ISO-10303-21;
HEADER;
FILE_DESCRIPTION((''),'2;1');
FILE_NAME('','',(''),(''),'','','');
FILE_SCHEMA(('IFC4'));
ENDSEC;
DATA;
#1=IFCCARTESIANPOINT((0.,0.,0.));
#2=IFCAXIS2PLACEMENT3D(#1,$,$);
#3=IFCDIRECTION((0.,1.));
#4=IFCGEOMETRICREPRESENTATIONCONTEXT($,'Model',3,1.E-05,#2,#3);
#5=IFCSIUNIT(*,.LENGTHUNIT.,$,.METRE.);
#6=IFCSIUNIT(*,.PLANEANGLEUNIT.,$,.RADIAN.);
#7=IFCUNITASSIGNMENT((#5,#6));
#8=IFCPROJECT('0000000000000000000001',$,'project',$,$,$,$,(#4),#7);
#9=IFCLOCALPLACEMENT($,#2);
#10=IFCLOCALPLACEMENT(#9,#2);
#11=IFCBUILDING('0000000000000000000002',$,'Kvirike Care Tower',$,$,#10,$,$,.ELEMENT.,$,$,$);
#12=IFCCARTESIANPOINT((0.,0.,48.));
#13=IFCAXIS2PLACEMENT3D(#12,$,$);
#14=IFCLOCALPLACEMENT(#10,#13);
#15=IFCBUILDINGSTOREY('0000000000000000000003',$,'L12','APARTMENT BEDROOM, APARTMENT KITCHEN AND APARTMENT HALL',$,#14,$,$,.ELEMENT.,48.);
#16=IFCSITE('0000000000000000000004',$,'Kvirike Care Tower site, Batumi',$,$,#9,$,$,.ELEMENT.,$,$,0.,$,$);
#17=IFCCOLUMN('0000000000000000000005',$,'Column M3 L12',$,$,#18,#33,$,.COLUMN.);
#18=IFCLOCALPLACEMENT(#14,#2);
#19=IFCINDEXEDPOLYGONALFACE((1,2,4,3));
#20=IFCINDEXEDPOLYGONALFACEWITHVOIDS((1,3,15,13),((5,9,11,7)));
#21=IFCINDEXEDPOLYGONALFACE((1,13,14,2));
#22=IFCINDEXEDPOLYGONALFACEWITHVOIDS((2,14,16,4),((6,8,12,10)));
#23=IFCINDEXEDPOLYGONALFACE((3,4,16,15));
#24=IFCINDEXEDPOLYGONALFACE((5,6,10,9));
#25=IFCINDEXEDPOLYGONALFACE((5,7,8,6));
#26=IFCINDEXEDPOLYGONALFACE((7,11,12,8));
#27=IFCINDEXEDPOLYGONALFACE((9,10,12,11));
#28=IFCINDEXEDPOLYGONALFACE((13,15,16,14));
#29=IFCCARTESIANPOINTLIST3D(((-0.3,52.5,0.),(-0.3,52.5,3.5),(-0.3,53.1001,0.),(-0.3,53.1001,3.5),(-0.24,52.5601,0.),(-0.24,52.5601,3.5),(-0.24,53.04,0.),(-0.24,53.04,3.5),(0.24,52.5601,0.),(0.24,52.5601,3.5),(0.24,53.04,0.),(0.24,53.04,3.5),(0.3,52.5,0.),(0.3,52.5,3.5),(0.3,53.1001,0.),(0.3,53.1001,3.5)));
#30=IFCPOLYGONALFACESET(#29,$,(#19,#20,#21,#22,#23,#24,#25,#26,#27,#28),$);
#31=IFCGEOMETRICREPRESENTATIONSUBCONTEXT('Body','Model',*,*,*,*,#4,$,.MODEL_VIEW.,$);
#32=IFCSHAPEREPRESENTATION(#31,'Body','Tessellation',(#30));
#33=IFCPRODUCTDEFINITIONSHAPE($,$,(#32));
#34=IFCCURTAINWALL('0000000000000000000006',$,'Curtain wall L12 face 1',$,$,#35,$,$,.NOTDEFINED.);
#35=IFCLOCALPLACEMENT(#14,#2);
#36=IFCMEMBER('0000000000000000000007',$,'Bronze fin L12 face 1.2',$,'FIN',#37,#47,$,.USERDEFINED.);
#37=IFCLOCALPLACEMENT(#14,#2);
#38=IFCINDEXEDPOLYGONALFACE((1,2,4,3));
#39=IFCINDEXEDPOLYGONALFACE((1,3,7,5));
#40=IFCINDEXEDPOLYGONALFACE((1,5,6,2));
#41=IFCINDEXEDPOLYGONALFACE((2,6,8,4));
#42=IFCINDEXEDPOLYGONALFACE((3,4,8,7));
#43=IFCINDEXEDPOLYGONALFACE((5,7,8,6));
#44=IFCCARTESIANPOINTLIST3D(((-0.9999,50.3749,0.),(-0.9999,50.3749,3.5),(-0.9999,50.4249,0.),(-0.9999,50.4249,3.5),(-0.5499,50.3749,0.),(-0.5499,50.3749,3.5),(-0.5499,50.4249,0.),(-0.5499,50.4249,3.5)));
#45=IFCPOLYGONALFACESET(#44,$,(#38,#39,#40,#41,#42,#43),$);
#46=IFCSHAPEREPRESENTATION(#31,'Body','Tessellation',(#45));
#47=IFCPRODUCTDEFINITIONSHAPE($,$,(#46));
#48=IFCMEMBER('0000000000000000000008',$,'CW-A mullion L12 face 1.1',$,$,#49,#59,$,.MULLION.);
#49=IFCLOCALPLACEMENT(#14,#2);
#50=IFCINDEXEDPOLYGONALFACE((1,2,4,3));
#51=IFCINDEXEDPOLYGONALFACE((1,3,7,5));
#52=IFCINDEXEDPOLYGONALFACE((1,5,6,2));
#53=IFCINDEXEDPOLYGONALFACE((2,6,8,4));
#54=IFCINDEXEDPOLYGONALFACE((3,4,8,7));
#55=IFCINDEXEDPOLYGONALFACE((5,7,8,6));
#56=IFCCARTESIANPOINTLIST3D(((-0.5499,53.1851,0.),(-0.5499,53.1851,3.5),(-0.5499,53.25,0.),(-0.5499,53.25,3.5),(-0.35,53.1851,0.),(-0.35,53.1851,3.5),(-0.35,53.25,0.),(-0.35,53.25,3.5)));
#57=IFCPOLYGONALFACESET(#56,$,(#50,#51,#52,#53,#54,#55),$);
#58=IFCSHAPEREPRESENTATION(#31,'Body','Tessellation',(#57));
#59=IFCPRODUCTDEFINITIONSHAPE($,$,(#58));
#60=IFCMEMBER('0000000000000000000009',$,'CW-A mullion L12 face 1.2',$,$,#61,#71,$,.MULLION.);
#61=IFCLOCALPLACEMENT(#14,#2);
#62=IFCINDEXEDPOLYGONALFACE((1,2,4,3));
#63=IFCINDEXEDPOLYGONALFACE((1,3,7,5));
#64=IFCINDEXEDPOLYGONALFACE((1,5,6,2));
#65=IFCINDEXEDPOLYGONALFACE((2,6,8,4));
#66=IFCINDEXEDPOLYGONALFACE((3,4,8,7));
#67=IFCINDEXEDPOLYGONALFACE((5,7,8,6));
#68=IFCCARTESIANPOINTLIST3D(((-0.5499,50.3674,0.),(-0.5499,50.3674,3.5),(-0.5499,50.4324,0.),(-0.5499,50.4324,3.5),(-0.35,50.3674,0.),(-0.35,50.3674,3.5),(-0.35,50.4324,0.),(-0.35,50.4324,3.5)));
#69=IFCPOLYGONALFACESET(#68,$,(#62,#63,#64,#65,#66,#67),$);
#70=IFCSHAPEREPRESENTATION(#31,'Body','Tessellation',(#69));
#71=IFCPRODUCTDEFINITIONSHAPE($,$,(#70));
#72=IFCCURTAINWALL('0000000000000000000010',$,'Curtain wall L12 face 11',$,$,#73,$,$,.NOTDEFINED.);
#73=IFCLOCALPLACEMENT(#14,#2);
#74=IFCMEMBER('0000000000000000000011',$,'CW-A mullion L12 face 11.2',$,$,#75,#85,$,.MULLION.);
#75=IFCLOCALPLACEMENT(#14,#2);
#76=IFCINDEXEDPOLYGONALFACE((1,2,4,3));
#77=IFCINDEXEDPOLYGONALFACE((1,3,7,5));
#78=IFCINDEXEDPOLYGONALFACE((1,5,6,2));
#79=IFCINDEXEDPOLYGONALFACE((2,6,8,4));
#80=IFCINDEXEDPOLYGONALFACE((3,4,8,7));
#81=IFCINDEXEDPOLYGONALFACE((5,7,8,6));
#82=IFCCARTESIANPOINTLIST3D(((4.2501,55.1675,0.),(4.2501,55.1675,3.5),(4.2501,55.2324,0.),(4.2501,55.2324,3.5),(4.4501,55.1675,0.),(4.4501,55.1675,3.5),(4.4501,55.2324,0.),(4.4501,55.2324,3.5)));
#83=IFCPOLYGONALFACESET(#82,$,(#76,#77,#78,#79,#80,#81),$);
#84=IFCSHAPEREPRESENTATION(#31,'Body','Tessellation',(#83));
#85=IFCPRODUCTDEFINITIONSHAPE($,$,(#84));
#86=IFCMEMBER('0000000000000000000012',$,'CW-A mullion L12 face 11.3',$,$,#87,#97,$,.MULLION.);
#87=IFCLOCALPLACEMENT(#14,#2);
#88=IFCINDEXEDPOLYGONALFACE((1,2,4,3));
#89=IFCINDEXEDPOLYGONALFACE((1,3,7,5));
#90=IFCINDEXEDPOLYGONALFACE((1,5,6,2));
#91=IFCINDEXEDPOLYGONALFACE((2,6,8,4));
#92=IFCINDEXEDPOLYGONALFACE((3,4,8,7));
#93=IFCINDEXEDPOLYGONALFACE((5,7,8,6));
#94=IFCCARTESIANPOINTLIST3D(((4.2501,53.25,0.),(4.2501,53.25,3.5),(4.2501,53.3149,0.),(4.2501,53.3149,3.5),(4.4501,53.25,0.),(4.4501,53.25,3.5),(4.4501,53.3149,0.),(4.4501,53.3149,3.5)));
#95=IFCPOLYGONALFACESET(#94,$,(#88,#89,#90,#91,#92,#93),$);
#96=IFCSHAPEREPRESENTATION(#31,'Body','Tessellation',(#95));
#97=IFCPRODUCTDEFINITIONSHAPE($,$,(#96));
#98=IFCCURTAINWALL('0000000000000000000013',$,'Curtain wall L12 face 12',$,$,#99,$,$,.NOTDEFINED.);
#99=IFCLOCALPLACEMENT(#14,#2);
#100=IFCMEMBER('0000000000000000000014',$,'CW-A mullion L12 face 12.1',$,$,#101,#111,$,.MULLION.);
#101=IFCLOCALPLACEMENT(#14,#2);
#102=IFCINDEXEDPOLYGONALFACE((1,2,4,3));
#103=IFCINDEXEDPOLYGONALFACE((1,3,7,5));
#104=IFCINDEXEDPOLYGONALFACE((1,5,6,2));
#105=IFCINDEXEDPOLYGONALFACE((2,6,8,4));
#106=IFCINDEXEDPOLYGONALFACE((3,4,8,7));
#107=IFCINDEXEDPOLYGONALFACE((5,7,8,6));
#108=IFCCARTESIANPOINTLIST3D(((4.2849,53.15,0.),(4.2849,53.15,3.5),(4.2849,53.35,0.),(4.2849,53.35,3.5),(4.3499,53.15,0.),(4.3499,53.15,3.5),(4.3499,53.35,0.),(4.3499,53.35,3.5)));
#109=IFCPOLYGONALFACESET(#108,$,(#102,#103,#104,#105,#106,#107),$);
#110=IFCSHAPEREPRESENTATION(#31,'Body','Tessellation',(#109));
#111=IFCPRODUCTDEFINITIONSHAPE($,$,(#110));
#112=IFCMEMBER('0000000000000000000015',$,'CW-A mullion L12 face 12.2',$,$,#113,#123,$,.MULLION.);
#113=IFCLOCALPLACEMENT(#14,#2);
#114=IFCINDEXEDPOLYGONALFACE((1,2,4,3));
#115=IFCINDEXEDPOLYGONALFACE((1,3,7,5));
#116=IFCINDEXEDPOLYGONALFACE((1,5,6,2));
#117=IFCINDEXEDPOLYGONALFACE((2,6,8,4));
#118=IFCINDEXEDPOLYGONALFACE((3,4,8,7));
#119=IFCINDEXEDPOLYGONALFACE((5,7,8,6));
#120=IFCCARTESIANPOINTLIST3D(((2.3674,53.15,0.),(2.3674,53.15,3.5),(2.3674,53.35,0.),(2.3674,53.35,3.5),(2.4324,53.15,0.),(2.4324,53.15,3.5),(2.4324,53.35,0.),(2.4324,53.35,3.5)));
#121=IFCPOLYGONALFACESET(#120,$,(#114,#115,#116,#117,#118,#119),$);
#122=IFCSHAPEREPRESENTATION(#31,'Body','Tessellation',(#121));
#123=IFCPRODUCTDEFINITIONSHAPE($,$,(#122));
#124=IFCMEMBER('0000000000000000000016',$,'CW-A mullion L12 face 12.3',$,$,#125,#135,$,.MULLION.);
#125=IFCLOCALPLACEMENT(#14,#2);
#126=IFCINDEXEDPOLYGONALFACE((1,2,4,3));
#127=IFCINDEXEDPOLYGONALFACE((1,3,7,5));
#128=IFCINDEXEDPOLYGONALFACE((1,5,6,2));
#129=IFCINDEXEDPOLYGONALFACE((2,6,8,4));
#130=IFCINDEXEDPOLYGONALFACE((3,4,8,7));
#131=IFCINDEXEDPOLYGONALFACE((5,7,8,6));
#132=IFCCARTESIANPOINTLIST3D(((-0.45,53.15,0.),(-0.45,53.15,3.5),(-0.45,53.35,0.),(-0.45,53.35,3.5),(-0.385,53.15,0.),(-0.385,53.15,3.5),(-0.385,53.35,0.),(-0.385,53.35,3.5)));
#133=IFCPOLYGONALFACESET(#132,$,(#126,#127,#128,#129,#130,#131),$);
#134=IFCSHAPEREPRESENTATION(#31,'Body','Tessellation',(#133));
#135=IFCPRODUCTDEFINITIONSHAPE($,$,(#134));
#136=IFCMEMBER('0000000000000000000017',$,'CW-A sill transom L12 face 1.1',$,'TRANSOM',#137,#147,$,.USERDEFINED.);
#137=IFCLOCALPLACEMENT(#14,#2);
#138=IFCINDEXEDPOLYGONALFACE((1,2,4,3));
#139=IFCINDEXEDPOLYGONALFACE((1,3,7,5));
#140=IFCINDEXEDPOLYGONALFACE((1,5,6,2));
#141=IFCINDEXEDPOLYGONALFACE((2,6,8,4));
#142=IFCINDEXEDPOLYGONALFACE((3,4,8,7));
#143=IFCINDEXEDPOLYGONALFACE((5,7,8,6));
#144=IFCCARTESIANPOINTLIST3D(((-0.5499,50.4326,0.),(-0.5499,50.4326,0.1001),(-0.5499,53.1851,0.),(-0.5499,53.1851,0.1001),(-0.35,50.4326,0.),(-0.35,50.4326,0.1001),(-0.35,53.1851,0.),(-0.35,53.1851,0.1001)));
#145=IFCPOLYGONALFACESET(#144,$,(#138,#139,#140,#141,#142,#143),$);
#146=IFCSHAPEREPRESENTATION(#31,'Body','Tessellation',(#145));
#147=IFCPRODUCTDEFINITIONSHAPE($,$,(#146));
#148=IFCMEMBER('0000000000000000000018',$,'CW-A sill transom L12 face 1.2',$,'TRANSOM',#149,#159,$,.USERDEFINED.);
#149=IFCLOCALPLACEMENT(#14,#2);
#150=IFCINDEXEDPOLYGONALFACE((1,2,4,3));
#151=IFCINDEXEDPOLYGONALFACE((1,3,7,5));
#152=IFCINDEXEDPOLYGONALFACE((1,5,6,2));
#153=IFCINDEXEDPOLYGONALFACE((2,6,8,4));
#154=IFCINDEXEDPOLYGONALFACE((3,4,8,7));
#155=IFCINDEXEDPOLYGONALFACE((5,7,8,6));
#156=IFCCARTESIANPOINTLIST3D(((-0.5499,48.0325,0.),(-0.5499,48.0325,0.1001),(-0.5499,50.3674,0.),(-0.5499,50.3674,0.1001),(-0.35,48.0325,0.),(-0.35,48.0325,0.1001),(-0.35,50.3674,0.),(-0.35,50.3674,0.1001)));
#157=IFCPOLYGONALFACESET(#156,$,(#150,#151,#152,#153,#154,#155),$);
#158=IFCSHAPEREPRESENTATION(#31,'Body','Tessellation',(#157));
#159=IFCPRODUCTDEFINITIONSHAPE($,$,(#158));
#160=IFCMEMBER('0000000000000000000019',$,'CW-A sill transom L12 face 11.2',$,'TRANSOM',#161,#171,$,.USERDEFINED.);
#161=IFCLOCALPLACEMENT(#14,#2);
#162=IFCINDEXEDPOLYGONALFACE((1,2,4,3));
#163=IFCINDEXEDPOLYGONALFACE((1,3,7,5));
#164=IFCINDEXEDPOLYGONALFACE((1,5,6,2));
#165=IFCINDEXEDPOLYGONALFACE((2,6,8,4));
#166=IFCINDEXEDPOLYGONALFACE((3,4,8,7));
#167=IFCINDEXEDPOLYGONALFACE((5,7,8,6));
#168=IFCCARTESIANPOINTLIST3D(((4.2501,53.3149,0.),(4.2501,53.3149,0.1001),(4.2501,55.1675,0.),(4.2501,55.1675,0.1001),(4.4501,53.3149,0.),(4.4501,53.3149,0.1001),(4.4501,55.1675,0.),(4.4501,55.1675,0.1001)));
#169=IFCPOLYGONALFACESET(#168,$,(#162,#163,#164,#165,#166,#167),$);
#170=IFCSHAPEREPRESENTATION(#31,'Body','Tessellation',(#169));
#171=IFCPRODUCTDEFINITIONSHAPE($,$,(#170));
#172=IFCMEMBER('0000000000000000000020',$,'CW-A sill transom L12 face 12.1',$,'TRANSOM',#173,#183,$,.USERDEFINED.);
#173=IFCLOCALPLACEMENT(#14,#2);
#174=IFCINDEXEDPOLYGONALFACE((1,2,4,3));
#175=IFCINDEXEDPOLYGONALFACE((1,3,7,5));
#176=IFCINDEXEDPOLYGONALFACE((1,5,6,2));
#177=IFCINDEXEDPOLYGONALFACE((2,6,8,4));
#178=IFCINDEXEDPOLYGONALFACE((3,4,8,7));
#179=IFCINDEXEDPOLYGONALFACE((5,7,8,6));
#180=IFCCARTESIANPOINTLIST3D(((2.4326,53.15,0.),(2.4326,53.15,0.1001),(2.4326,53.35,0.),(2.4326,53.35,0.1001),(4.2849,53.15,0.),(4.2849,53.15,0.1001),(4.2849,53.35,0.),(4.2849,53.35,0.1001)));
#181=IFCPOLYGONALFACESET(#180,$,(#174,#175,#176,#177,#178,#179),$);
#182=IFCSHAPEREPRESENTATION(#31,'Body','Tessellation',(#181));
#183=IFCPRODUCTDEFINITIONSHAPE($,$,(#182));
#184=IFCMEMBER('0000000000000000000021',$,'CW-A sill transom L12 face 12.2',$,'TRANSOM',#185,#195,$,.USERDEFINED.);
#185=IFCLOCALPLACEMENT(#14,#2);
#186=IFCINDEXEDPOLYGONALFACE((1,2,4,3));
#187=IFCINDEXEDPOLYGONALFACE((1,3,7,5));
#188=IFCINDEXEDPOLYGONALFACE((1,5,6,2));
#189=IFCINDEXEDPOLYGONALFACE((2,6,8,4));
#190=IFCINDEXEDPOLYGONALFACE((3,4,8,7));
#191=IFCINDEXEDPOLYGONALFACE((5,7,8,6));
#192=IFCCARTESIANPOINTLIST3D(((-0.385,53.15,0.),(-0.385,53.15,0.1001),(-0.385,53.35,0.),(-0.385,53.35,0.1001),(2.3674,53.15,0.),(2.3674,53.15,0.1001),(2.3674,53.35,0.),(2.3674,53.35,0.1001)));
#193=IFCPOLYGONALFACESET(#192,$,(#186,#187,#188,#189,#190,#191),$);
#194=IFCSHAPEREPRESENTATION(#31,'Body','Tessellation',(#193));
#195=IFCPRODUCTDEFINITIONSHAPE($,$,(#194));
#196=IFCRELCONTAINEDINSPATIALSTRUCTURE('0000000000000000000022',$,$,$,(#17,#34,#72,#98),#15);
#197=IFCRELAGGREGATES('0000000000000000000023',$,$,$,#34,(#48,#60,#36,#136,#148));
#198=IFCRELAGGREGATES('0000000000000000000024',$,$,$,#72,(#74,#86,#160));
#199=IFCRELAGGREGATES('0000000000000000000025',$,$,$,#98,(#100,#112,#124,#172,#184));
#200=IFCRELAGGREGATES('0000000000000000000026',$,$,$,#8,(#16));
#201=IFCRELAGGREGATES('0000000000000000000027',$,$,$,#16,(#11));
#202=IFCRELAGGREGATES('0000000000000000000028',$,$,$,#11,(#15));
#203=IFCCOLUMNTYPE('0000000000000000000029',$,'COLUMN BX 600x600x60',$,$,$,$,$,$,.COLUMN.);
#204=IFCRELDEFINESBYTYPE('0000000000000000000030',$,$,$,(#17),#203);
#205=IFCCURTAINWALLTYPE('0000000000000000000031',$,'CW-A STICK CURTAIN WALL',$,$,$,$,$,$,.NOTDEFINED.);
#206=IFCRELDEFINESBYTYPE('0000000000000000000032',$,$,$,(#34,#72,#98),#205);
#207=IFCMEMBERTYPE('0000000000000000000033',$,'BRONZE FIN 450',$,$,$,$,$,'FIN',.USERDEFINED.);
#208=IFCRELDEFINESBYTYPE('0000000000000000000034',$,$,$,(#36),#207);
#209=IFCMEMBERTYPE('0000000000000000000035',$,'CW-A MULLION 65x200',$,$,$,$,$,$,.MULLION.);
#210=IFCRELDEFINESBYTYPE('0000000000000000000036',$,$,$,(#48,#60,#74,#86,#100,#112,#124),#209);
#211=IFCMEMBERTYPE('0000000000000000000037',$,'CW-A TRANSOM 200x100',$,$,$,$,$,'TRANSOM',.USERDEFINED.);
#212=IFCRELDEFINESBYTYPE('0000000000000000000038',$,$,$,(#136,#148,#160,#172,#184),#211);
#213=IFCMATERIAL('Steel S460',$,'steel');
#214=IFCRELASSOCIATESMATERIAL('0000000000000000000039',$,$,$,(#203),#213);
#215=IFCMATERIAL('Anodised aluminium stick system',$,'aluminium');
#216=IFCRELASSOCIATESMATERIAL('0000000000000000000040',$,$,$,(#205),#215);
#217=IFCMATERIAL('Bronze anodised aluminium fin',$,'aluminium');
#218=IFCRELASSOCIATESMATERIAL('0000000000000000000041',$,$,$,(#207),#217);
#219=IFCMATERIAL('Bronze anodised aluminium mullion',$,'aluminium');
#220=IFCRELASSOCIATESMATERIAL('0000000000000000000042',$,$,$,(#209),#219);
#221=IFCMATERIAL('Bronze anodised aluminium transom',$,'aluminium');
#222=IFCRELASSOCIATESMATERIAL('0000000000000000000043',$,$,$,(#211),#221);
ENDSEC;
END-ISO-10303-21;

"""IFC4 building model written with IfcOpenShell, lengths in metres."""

from ifc_helpers import new_model, si_unit, direction, frame, origin, origin_2d, place, context, subcontext, project, spatial, rectangle, hollow_rectangle, extrude, material, material_profile, profile_set, type_object, element, aggregate, save


model = new_model("IFC4")

# Units and contexts
model_context = context("Model", 3, precision=1e-05, world=origin(), true_north=direction((0.0, 1.0)))
body_context = subcontext(model_context, "Body", "Model", "MODEL_VIEW")
ifc_project = project(units=[si_unit("LENGTHUNIT", "METRE"), si_unit("PLANEANGLEUNIT", "RADIAN")], contexts=[model_context])

# Site, building, storey
site_placement = place(None, origin())
site = spatial("IfcSite", under=ifc_project, at=site_placement, Name="Kvirike Care Tower site, Batumi", CompositionType="ELEMENT", RefElevation=0.0)
building_placement = place(site_placement, origin())
building = spatial("IfcBuilding", under=site, at=building_placement, Name="Kvirike Care Tower", CompositionType="ELEMENT")
storey_placement = place(building_placement, frame((0.0, 0.0, 48.0)))
storey = spatial("IfcBuildingStorey", under=building, at=storey_placement, Name="L12", Description="APARTMENT BEDROOM, APARTMENT KITCHEN AND APARTMENT HALL", CompositionType="ELEMENT", Elevation=48.0)

# Column
ifc_material_1 = material(Name="Steel S460", Category="steel")
ifc_material_profile_1 = material_profile(ifc_material_1, hollow_rectangle(XDim=0.6001, YDim=0.6001, WallThickness=0.0601, at=origin_2d()), Name="BX 600x600x60")
ifc_profile_set_1 = profile_set([ifc_material_profile_1], Name="Steel S460")
column_type = type_object("IfcColumnType", Name="COLUMN BX 600x600x60", PredefinedType="COLUMN", material=ifc_profile_set_1)
column_placement = place(storey_placement, frame((0.0, 52.8, 0.0), z_axis=(0.0, 0.0, 1.0), x_axis=(0.0, 1.0, 0.0)))
element("IfcColumn", 1, at=column_placement, inside=storey, type_object=column_type, Name="Column M3 L12", PredefinedType="COLUMN", context=body_context, shape_type="SweptSolid", body=[
    extrude(hollow_rectangle(XDim=0.6001, YDim=0.6001, WallThickness=0.0601, at=origin_2d()), origin(), (0.0, 0.0, 1.0), 3.5),
])

# Curtain walls, members
ifc_material_2 = material(Name="Anodised aluminium stick system", Category="aluminium")
curtain_wall_type = type_object("IfcCurtainWallType", Name="CW-A STICK CURTAIN WALL", PredefinedType="NOTDEFINED", material=ifc_material_2)
curtain_wall_1_placement = place(storey_placement, origin())
curtain_wall_1 = element("IfcCurtainWall", 2, at=curtain_wall_1_placement, inside=storey, type_object=curtain_wall_type, Name="Curtain wall L12 face 1", PredefinedType="NOTDEFINED")
ifc_material_3 = material(Name="Bronze anodised aluminium fin", Category="aluminium")
ifc_material_profile_2 = material_profile(ifc_material_3, rectangle(XDim=0.05, YDim=0.45, at=origin_2d()), Name="BRONZE FIN 450")
ifc_profile_set_2 = profile_set([ifc_material_profile_2], Name="Bronze anodised aluminium fin")
member_type_1 = type_object("IfcMemberType", Name="BRONZE FIN 450", ElementType="FIN", PredefinedType="USERDEFINED", material=ifc_profile_set_2)
member_1_placement = place(storey_placement, frame((-0.7749, 50.3999, 0.0), z_axis=(0.0, 0.0, 1.0), x_axis=(0.0, -1.0, 0.0)))
member_1 = element("IfcMember", 3, at=member_1_placement, type_object=member_type_1, Name="Bronze fin L12 face 1.2", ObjectType="FIN", PredefinedType="USERDEFINED", context=body_context, shape_type="SweptSolid", body=[
    extrude(rectangle(XDim=0.05, YDim=0.45, at=origin_2d()), origin(), (0.0, 0.0, 1.0), 3.5),
])
ifc_material_4 = material(Name="Bronze anodised aluminium mullion", Category="aluminium")
ifc_material_profile_3 = material_profile(ifc_material_4, rectangle(XDim=0.0649, YDim=0.2, at=origin_2d()), Name="CW-A MULLION 65x200")
ifc_profile_set_3 = profile_set([ifc_material_profile_3], Name="Bronze anodised aluminium mullion")
member_type_2 = type_object("IfcMemberType", Name="CW-A MULLION 65x200", PredefinedType="MULLION", material=ifc_profile_set_3)
member_2_placement = place(storey_placement, frame((-0.45, 53.2175, 0.0), z_axis=(0.0, 0.0, 1.0), x_axis=(0.0, -1.0, 0.0)))
member_2 = element("IfcMember", 4, at=member_2_placement, type_object=member_type_2, Name="CW-A mullion L12 face 1.1", PredefinedType="MULLION", context=body_context, shape_type="SweptSolid", body=[
    extrude(rectangle(XDim=0.0649, YDim=0.2, at=origin_2d()), origin(), (0.0, 0.0, 1.0), 3.5),
])
member_3_placement = place(storey_placement, frame((-0.45, 50.3999, 0.0), z_axis=(0.0, 0.0, 1.0), x_axis=(0.0, -1.0, 0.0)))
member_3 = element("IfcMember", 5, at=member_3_placement, type_object=member_type_2, Name="CW-A mullion L12 face 1.2", PredefinedType="MULLION", context=body_context, shape_type="SweptSolid", body=[
    extrude(rectangle(XDim=0.0649, YDim=0.2, at=origin_2d()), origin(), (0.0, 0.0, 1.0), 3.5),
])
curtain_wall_2_placement = place(storey_placement, origin())
curtain_wall_2 = element("IfcCurtainWall", 6, at=curtain_wall_2_placement, inside=storey, type_object=curtain_wall_type, Name="Curtain wall L12 face 11", PredefinedType="NOTDEFINED")
member_4_placement = place(storey_placement, frame((4.3501, 55.2, 0.0), z_axis=(0.0, 0.0, 1.0), x_axis=(0.0, -1.0, 0.0)))
member_4 = element("IfcMember", 7, at=member_4_placement, type_object=member_type_2, Name="CW-A mullion L12 face 11.2", PredefinedType="MULLION", context=body_context, shape_type="SweptSolid", body=[
    extrude(rectangle(XDim=0.0649, YDim=0.2, at=origin_2d()), origin(), (0.0, 0.0, 1.0), 3.5),
])
member_5_placement = place(storey_placement, frame((4.3501, 53.2825, 0.0), z_axis=(0.0, 0.0, 1.0), x_axis=(0.0, -1.0, 0.0)))
member_5 = element("IfcMember", 8, at=member_5_placement, type_object=member_type_2, Name="CW-A mullion L12 face 11.3", PredefinedType="MULLION", context=body_context, shape_type="SweptSolid", body=[
    extrude(rectangle(XDim=0.0649, YDim=0.2, at=origin_2d()), origin(), (0.0, 0.0, 1.0), 3.5),
])
curtain_wall_3_placement = place(storey_placement, origin())
curtain_wall_3 = element("IfcCurtainWall", 9, at=curtain_wall_3_placement, inside=storey, type_object=curtain_wall_type, Name="Curtain wall L12 face 12", PredefinedType="NOTDEFINED")
member_6_placement = place(storey_placement, frame((4.3174, 53.25, 0.0), z_axis=(0.0, 0.0, 1.0), x_axis=(-1.0, 0.0, 0.0)))
member_6 = element("IfcMember", 10, at=member_6_placement, type_object=member_type_2, Name="CW-A mullion L12 face 12.1", PredefinedType="MULLION", context=body_context, shape_type="SweptSolid", body=[
    extrude(rectangle(XDim=0.0649, YDim=0.2, at=origin_2d()), origin(), (0.0, 0.0, 1.0), 3.5),
])
member_7_placement = place(storey_placement, frame((2.3999, 53.25, 0.0), z_axis=(0.0, 0.0, 1.0), x_axis=(-1.0, 0.0, 0.0)))
member_7 = element("IfcMember", 11, at=member_7_placement, type_object=member_type_2, Name="CW-A mullion L12 face 12.2", PredefinedType="MULLION", context=body_context, shape_type="SweptSolid", body=[
    extrude(rectangle(XDim=0.0649, YDim=0.2, at=origin_2d()), origin(), (0.0, 0.0, 1.0), 3.5),
])
member_8_placement = place(storey_placement, frame((-0.4175, 53.25, 0.0), z_axis=(0.0, 0.0, 1.0), x_axis=(-1.0, 0.0, 0.0)))
member_8 = element("IfcMember", 12, at=member_8_placement, type_object=member_type_2, Name="CW-A mullion L12 face 12.3", PredefinedType="MULLION", context=body_context, shape_type="SweptSolid", body=[
    extrude(rectangle(XDim=0.0649, YDim=0.2, at=origin_2d()), origin(), (0.0, 0.0, 1.0), 3.5),
])

# Members
ifc_material_5 = material(Name="Bronze anodised aluminium transom", Category="aluminium")
ifc_material_profile_4 = material_profile(ifc_material_5, rectangle(XDim=0.2, YDim=0.1001, at=origin_2d()), Name="CW-A TRANSOM 200x100")
ifc_profile_set_4 = profile_set([ifc_material_profile_4], Name="Bronze anodised aluminium transom")
member_type_3 = type_object("IfcMemberType", Name="CW-A TRANSOM 200x100", ElementType="TRANSOM", PredefinedType="USERDEFINED", material=ifc_profile_set_4)
member_9_placement = place(storey_placement, frame((-0.45, 53.1851, 0.05), z_axis=(0.0, -1.0, 0.0), x_axis=(1.0, 0.0, 0.0)))
member_9 = element("IfcMember", 13, at=member_9_placement, type_object=member_type_3, Name="CW-A sill transom L12 face 1.1", ObjectType="TRANSOM", PredefinedType="USERDEFINED", context=body_context, shape_type="SweptSolid", body=[
    extrude(rectangle(XDim=0.2, YDim=0.1001, at=origin_2d()), origin(), (0.0, 0.0, 1.0), 2.7524),
])
member_10_placement = place(storey_placement, frame((-0.45, 50.3674, 0.05), z_axis=(0.0, -1.0, 0.0), x_axis=(1.0, 0.0, 0.0)))
member_10 = element("IfcMember", 14, at=member_10_placement, type_object=member_type_3, Name="CW-A sill transom L12 face 1.2", ObjectType="TRANSOM", PredefinedType="USERDEFINED", context=body_context, shape_type="SweptSolid", body=[
    extrude(rectangle(XDim=0.2, YDim=0.1001, at=origin_2d()), origin(), (0.0, 0.0, 1.0), 2.335),
])
member_11_placement = place(storey_placement, frame((4.3501, 55.1675, 0.05), z_axis=(0.0, -1.0, 0.0), x_axis=(1.0, 0.0, 0.0)))
member_11 = element("IfcMember", 15, at=member_11_placement, type_object=member_type_3, Name="CW-A sill transom L12 face 11.2", ObjectType="TRANSOM", PredefinedType="USERDEFINED", context=body_context, shape_type="SweptSolid", body=[
    extrude(rectangle(XDim=0.2, YDim=0.1001, at=origin_2d()), origin(), (0.0, 0.0, 1.0), 1.8525),
])
member_12_placement = place(storey_placement, frame((4.2849, 53.25, 0.05), z_axis=(-1.0, 0.0, 0.0), x_axis=(0.0, -1.0, 0.0)))
member_12 = element("IfcMember", 16, at=member_12_placement, type_object=member_type_3, Name="CW-A sill transom L12 face 12.1", ObjectType="TRANSOM", PredefinedType="USERDEFINED", context=body_context, shape_type="SweptSolid", body=[
    extrude(rectangle(XDim=0.2, YDim=0.1001, at=origin_2d()), origin(), (0.0, 0.0, 1.0), 1.8523),
])
member_13_placement = place(storey_placement, frame((2.3674, 53.25, 0.05), z_axis=(-1.0, 0.0, 0.0), x_axis=(0.0, -1.0, 0.0)))
member_13 = element("IfcMember", 17, at=member_13_placement, type_object=member_type_3, Name="CW-A sill transom L12 face 12.2", ObjectType="TRANSOM", PredefinedType="USERDEFINED", context=body_context, shape_type="SweptSolid", body=[
    extrude(rectangle(XDim=0.2, YDim=0.1001, at=origin_2d()), origin(), (0.0, 0.0, 1.0), 2.7524),
])

aggregate(curtain_wall_1, [member_2, member_3, member_1, member_9, member_10])
aggregate(curtain_wall_2, [member_4, member_5, member_11])
aggregate(curtain_wall_3, [member_6, member_7, member_8, member_12, member_13])

save(model, "model.ifc")
